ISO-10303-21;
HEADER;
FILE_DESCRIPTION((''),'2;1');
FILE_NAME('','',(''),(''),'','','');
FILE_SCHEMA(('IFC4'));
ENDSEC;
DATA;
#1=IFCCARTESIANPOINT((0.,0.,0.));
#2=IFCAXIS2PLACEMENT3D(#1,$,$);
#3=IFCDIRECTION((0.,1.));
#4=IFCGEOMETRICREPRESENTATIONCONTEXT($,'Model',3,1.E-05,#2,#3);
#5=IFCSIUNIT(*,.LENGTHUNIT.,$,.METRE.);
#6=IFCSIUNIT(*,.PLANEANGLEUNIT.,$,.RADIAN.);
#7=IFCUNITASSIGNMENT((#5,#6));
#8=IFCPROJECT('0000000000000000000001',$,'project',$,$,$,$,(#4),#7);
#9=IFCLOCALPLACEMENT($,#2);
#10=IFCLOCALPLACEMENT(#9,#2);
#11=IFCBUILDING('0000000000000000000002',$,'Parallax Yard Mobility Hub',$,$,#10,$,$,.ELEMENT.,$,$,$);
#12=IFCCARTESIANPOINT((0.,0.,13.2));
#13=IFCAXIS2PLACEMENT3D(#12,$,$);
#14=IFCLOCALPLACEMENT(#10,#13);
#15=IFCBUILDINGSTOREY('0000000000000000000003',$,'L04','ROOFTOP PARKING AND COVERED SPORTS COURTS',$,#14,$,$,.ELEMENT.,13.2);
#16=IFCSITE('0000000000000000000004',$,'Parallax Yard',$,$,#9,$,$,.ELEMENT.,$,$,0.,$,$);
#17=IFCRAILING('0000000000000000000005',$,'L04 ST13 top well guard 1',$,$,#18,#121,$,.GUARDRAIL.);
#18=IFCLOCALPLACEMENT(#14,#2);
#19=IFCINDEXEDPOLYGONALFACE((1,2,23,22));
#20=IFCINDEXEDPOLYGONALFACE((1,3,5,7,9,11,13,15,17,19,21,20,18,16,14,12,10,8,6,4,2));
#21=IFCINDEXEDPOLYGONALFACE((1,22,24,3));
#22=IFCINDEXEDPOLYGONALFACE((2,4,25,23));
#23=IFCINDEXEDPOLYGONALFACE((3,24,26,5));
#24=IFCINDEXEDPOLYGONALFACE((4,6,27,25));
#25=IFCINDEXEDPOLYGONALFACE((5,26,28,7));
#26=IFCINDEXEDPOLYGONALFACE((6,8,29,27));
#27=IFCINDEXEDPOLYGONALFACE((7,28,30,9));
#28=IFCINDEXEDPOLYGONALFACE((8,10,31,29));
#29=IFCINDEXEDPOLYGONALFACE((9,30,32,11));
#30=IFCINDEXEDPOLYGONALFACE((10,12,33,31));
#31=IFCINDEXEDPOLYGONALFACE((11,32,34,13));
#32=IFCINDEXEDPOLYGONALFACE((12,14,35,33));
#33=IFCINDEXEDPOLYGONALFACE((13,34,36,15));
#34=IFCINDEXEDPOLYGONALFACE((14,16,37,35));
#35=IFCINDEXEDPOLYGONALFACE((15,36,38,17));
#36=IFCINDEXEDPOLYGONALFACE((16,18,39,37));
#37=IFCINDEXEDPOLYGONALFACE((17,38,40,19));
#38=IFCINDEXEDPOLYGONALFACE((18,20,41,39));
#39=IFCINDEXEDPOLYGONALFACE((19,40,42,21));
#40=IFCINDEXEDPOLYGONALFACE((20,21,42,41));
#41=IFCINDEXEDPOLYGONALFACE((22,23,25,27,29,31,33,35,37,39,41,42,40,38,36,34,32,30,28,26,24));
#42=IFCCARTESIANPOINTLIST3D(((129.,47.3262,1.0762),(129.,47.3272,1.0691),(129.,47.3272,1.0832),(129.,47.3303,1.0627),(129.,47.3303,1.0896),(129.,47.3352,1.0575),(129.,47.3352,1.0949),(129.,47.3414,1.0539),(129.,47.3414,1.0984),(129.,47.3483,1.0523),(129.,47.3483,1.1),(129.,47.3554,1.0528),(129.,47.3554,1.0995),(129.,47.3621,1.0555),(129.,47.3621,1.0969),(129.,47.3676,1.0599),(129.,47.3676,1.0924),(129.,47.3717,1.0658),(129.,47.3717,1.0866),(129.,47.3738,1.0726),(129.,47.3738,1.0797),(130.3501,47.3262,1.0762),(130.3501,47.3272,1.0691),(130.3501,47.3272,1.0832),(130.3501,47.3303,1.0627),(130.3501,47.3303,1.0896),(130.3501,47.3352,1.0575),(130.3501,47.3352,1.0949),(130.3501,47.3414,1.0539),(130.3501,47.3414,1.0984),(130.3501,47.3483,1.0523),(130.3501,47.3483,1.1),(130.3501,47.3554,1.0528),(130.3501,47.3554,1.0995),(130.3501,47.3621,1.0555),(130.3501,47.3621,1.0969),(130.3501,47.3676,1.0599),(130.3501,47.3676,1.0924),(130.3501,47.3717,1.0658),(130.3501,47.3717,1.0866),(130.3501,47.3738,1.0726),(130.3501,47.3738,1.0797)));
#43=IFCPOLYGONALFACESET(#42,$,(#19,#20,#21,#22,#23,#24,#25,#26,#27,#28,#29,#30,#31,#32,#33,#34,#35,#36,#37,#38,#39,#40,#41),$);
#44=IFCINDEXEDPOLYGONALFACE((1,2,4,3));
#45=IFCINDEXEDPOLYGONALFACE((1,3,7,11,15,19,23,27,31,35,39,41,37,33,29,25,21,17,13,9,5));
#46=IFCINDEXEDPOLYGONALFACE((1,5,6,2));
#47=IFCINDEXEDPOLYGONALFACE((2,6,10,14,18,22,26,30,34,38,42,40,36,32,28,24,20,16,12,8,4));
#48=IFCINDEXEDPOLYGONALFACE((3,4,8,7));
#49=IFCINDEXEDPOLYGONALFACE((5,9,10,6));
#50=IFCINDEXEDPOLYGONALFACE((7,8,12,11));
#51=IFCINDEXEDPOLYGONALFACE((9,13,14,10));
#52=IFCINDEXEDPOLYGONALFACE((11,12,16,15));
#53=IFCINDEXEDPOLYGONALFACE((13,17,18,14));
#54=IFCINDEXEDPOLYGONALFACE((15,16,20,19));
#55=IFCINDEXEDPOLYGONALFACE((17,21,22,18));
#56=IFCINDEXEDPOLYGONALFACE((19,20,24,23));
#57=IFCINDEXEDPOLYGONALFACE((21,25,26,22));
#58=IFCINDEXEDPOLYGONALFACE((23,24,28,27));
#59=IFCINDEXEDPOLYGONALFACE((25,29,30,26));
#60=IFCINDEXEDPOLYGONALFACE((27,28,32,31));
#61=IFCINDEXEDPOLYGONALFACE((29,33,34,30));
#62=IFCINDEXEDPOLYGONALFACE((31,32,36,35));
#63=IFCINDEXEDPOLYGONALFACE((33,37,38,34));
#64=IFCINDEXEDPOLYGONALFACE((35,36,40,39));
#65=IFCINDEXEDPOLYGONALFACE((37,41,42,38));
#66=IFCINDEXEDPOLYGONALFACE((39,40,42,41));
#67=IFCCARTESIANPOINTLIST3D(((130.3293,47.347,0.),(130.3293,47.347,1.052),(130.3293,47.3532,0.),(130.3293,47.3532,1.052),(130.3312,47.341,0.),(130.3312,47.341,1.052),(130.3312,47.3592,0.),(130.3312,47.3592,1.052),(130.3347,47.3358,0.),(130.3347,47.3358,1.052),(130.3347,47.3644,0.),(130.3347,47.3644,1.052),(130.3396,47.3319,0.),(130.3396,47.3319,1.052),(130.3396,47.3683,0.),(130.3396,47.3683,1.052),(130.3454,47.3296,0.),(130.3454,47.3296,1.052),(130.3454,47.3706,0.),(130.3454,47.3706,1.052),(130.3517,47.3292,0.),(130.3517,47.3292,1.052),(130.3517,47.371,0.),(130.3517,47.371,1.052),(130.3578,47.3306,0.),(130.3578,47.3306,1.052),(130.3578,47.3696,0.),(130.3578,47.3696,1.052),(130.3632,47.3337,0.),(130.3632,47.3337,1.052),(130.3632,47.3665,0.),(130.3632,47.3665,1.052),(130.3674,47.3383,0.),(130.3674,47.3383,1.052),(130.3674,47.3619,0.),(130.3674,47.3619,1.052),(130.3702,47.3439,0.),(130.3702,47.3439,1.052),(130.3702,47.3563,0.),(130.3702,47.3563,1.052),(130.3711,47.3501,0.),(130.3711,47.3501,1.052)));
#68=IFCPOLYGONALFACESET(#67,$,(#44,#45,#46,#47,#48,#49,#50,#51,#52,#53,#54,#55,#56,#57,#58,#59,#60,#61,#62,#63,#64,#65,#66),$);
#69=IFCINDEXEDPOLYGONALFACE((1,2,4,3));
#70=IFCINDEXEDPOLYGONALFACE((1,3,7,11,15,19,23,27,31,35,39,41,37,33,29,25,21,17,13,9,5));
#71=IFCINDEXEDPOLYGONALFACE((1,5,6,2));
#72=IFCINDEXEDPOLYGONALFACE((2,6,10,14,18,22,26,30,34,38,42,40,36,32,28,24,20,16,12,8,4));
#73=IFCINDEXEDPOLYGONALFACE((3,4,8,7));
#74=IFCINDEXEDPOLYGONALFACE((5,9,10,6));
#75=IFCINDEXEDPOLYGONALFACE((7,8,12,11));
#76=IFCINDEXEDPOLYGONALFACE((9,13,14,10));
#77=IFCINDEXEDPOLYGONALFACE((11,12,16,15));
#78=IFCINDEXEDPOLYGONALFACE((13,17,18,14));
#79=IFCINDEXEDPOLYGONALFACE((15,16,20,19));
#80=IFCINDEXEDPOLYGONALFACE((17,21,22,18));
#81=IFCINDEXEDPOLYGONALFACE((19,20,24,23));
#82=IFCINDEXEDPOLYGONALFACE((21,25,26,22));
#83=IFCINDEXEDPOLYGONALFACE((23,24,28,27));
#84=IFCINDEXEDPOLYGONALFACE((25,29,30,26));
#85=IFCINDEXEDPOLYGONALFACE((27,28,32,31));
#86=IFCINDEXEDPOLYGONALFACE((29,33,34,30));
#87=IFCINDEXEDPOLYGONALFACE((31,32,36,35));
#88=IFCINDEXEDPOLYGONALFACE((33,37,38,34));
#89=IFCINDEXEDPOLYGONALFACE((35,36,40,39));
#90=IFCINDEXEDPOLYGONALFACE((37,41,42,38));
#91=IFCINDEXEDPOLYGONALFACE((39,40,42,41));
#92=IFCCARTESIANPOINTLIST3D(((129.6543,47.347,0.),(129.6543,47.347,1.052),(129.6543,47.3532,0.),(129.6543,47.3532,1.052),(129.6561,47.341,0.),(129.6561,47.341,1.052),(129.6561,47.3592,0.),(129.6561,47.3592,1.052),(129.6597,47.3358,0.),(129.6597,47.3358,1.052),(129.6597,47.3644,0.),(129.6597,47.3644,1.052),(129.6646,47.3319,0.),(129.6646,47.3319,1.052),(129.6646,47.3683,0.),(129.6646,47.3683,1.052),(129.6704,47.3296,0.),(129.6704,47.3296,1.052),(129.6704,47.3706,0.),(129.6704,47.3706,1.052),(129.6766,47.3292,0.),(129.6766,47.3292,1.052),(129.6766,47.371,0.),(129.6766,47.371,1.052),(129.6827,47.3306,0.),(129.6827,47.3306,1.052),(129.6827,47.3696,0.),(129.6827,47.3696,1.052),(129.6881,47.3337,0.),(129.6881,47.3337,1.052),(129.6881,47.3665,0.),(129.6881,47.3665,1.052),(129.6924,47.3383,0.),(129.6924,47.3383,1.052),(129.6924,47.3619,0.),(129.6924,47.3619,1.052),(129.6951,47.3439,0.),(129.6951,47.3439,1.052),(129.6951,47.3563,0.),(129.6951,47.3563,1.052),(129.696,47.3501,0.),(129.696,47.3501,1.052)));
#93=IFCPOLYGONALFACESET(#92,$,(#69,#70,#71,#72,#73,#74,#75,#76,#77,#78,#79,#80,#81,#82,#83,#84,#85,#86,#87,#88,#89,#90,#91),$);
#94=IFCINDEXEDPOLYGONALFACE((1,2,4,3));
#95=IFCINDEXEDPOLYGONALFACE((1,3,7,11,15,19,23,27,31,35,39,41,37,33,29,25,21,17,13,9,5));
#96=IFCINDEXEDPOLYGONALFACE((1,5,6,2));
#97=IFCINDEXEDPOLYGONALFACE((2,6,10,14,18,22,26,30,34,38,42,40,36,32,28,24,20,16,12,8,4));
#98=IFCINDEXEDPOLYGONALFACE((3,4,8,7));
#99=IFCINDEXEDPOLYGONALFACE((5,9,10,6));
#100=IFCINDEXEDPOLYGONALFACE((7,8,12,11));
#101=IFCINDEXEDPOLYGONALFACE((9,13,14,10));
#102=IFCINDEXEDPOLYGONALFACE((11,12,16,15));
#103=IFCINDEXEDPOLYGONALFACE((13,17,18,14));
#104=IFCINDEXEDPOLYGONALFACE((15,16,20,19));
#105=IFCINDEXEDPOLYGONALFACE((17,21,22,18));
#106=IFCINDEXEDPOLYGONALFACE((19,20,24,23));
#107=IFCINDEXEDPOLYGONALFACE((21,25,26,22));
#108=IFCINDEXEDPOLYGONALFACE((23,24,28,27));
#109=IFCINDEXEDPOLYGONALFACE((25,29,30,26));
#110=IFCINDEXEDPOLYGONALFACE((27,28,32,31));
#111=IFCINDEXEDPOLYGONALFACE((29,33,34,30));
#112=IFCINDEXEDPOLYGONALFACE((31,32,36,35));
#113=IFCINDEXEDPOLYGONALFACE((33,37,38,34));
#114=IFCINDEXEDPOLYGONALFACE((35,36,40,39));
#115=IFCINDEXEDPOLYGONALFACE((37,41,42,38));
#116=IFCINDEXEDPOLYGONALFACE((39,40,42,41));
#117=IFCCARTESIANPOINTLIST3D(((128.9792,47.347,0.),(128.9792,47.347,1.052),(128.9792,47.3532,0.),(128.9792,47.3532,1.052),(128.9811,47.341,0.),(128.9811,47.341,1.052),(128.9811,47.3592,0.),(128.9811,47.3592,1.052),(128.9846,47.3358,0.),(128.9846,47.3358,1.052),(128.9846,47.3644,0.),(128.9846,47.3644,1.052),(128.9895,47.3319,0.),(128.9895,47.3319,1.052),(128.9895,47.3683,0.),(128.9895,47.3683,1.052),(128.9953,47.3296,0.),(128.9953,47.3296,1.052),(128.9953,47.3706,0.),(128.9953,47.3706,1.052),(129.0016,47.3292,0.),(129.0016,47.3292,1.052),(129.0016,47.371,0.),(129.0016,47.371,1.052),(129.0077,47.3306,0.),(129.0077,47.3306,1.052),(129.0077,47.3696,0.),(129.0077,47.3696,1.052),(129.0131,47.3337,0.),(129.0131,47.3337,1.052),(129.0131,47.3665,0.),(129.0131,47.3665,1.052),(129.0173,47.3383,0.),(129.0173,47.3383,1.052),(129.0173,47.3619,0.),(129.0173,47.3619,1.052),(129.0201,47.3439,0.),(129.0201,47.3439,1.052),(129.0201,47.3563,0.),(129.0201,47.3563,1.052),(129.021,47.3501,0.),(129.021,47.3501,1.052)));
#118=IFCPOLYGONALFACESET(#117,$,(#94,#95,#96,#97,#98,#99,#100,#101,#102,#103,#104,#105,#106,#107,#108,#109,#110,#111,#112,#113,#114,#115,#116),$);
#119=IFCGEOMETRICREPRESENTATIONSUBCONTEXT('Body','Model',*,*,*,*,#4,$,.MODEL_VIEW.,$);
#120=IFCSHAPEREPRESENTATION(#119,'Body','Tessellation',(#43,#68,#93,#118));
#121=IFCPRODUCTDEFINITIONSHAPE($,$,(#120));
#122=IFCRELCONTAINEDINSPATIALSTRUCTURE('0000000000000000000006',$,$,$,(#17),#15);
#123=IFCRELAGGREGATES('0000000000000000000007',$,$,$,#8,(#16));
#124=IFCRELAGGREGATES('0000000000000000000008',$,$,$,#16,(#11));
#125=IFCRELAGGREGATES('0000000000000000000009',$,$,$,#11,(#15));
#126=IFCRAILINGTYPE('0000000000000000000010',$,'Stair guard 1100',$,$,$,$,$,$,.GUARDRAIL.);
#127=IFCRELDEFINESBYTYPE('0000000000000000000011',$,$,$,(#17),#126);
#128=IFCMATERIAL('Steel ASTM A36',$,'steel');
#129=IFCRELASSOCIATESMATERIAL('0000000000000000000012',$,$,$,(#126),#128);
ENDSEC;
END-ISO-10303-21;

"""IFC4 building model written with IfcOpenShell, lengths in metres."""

from ifc_helpers import new_model, si_unit, direction, frame, origin, origin_2d, place, context, subcontext, project, spatial, circle, extrude, material, type_object, element, save


model = new_model("IFC4")

# Units and contexts
model_context = context("Model", 3, precision=1e-05, world=origin(), true_north=direction((0.0, 1.0)))
body_context = subcontext(model_context, "Body", "Model", "MODEL_VIEW")
ifc_project = project(units=[si_unit("LENGTHUNIT", "METRE"), si_unit("PLANEANGLEUNIT", "RADIAN")], contexts=[model_context])

# Site, building, storey
site_placement = place(None, origin())
site = spatial("IfcSite", under=ifc_project, at=site_placement, Name="Parallax Yard", CompositionType="ELEMENT", RefElevation=0.0)
building_placement = place(site_placement, origin())
building = spatial("IfcBuilding", under=site, at=building_placement, Name="Parallax Yard Mobility Hub", CompositionType="ELEMENT")
storey_placement = place(building_placement, frame((0.0, 0.0, 13.2)))
storey = spatial("IfcBuildingStorey", under=building, at=storey_placement, Name="L04", Description="ROOFTOP PARKING AND COVERED SPORTS COURTS", CompositionType="ELEMENT", Elevation=13.2)

# Railing
ifc_material_1 = material(Name="Steel ASTM A36", Category="steel")
railing_type = type_object("IfcRailingType", Name="Stair guard 1100", PredefinedType="GUARDRAIL", material=ifc_material_1)
railing_placement = place(storey_placement, frame((130.3501, 47.3501, 0.0)))
element("IfcRailing", 1, at=railing_placement, inside=storey, type_object=railing_type, Name="L04 ST13 top well guard 1", PredefinedType="GUARDRAIL", context=body_context, shape_type="SweptSolid", body=[
    extrude(circle(Radius=0.0239, at=origin_2d()), frame((0.0, 0.0, 1.0762), z_axis=(-1.0, 0.0, 0.0), x_axis=(0.0, -1.0, 0.0)), (0.0, 0.0, 1.0), 1.3501),
    extrude(circle(Radius=0.021, at=origin_2d()), origin(), (0.0, 0.0, 1.0), 1.052),
    extrude(circle(Radius=0.021, at=origin_2d()), frame((-0.675, 0.0, 0.0)), (0.0, 0.0, 1.0), 1.052),
    extrude(circle(Radius=0.021, at=origin_2d()), frame((-1.3501, 0.0, 0.0)), (0.0, 0.0, 1.0), 1.052),
])

save(model, "model.ifc")
